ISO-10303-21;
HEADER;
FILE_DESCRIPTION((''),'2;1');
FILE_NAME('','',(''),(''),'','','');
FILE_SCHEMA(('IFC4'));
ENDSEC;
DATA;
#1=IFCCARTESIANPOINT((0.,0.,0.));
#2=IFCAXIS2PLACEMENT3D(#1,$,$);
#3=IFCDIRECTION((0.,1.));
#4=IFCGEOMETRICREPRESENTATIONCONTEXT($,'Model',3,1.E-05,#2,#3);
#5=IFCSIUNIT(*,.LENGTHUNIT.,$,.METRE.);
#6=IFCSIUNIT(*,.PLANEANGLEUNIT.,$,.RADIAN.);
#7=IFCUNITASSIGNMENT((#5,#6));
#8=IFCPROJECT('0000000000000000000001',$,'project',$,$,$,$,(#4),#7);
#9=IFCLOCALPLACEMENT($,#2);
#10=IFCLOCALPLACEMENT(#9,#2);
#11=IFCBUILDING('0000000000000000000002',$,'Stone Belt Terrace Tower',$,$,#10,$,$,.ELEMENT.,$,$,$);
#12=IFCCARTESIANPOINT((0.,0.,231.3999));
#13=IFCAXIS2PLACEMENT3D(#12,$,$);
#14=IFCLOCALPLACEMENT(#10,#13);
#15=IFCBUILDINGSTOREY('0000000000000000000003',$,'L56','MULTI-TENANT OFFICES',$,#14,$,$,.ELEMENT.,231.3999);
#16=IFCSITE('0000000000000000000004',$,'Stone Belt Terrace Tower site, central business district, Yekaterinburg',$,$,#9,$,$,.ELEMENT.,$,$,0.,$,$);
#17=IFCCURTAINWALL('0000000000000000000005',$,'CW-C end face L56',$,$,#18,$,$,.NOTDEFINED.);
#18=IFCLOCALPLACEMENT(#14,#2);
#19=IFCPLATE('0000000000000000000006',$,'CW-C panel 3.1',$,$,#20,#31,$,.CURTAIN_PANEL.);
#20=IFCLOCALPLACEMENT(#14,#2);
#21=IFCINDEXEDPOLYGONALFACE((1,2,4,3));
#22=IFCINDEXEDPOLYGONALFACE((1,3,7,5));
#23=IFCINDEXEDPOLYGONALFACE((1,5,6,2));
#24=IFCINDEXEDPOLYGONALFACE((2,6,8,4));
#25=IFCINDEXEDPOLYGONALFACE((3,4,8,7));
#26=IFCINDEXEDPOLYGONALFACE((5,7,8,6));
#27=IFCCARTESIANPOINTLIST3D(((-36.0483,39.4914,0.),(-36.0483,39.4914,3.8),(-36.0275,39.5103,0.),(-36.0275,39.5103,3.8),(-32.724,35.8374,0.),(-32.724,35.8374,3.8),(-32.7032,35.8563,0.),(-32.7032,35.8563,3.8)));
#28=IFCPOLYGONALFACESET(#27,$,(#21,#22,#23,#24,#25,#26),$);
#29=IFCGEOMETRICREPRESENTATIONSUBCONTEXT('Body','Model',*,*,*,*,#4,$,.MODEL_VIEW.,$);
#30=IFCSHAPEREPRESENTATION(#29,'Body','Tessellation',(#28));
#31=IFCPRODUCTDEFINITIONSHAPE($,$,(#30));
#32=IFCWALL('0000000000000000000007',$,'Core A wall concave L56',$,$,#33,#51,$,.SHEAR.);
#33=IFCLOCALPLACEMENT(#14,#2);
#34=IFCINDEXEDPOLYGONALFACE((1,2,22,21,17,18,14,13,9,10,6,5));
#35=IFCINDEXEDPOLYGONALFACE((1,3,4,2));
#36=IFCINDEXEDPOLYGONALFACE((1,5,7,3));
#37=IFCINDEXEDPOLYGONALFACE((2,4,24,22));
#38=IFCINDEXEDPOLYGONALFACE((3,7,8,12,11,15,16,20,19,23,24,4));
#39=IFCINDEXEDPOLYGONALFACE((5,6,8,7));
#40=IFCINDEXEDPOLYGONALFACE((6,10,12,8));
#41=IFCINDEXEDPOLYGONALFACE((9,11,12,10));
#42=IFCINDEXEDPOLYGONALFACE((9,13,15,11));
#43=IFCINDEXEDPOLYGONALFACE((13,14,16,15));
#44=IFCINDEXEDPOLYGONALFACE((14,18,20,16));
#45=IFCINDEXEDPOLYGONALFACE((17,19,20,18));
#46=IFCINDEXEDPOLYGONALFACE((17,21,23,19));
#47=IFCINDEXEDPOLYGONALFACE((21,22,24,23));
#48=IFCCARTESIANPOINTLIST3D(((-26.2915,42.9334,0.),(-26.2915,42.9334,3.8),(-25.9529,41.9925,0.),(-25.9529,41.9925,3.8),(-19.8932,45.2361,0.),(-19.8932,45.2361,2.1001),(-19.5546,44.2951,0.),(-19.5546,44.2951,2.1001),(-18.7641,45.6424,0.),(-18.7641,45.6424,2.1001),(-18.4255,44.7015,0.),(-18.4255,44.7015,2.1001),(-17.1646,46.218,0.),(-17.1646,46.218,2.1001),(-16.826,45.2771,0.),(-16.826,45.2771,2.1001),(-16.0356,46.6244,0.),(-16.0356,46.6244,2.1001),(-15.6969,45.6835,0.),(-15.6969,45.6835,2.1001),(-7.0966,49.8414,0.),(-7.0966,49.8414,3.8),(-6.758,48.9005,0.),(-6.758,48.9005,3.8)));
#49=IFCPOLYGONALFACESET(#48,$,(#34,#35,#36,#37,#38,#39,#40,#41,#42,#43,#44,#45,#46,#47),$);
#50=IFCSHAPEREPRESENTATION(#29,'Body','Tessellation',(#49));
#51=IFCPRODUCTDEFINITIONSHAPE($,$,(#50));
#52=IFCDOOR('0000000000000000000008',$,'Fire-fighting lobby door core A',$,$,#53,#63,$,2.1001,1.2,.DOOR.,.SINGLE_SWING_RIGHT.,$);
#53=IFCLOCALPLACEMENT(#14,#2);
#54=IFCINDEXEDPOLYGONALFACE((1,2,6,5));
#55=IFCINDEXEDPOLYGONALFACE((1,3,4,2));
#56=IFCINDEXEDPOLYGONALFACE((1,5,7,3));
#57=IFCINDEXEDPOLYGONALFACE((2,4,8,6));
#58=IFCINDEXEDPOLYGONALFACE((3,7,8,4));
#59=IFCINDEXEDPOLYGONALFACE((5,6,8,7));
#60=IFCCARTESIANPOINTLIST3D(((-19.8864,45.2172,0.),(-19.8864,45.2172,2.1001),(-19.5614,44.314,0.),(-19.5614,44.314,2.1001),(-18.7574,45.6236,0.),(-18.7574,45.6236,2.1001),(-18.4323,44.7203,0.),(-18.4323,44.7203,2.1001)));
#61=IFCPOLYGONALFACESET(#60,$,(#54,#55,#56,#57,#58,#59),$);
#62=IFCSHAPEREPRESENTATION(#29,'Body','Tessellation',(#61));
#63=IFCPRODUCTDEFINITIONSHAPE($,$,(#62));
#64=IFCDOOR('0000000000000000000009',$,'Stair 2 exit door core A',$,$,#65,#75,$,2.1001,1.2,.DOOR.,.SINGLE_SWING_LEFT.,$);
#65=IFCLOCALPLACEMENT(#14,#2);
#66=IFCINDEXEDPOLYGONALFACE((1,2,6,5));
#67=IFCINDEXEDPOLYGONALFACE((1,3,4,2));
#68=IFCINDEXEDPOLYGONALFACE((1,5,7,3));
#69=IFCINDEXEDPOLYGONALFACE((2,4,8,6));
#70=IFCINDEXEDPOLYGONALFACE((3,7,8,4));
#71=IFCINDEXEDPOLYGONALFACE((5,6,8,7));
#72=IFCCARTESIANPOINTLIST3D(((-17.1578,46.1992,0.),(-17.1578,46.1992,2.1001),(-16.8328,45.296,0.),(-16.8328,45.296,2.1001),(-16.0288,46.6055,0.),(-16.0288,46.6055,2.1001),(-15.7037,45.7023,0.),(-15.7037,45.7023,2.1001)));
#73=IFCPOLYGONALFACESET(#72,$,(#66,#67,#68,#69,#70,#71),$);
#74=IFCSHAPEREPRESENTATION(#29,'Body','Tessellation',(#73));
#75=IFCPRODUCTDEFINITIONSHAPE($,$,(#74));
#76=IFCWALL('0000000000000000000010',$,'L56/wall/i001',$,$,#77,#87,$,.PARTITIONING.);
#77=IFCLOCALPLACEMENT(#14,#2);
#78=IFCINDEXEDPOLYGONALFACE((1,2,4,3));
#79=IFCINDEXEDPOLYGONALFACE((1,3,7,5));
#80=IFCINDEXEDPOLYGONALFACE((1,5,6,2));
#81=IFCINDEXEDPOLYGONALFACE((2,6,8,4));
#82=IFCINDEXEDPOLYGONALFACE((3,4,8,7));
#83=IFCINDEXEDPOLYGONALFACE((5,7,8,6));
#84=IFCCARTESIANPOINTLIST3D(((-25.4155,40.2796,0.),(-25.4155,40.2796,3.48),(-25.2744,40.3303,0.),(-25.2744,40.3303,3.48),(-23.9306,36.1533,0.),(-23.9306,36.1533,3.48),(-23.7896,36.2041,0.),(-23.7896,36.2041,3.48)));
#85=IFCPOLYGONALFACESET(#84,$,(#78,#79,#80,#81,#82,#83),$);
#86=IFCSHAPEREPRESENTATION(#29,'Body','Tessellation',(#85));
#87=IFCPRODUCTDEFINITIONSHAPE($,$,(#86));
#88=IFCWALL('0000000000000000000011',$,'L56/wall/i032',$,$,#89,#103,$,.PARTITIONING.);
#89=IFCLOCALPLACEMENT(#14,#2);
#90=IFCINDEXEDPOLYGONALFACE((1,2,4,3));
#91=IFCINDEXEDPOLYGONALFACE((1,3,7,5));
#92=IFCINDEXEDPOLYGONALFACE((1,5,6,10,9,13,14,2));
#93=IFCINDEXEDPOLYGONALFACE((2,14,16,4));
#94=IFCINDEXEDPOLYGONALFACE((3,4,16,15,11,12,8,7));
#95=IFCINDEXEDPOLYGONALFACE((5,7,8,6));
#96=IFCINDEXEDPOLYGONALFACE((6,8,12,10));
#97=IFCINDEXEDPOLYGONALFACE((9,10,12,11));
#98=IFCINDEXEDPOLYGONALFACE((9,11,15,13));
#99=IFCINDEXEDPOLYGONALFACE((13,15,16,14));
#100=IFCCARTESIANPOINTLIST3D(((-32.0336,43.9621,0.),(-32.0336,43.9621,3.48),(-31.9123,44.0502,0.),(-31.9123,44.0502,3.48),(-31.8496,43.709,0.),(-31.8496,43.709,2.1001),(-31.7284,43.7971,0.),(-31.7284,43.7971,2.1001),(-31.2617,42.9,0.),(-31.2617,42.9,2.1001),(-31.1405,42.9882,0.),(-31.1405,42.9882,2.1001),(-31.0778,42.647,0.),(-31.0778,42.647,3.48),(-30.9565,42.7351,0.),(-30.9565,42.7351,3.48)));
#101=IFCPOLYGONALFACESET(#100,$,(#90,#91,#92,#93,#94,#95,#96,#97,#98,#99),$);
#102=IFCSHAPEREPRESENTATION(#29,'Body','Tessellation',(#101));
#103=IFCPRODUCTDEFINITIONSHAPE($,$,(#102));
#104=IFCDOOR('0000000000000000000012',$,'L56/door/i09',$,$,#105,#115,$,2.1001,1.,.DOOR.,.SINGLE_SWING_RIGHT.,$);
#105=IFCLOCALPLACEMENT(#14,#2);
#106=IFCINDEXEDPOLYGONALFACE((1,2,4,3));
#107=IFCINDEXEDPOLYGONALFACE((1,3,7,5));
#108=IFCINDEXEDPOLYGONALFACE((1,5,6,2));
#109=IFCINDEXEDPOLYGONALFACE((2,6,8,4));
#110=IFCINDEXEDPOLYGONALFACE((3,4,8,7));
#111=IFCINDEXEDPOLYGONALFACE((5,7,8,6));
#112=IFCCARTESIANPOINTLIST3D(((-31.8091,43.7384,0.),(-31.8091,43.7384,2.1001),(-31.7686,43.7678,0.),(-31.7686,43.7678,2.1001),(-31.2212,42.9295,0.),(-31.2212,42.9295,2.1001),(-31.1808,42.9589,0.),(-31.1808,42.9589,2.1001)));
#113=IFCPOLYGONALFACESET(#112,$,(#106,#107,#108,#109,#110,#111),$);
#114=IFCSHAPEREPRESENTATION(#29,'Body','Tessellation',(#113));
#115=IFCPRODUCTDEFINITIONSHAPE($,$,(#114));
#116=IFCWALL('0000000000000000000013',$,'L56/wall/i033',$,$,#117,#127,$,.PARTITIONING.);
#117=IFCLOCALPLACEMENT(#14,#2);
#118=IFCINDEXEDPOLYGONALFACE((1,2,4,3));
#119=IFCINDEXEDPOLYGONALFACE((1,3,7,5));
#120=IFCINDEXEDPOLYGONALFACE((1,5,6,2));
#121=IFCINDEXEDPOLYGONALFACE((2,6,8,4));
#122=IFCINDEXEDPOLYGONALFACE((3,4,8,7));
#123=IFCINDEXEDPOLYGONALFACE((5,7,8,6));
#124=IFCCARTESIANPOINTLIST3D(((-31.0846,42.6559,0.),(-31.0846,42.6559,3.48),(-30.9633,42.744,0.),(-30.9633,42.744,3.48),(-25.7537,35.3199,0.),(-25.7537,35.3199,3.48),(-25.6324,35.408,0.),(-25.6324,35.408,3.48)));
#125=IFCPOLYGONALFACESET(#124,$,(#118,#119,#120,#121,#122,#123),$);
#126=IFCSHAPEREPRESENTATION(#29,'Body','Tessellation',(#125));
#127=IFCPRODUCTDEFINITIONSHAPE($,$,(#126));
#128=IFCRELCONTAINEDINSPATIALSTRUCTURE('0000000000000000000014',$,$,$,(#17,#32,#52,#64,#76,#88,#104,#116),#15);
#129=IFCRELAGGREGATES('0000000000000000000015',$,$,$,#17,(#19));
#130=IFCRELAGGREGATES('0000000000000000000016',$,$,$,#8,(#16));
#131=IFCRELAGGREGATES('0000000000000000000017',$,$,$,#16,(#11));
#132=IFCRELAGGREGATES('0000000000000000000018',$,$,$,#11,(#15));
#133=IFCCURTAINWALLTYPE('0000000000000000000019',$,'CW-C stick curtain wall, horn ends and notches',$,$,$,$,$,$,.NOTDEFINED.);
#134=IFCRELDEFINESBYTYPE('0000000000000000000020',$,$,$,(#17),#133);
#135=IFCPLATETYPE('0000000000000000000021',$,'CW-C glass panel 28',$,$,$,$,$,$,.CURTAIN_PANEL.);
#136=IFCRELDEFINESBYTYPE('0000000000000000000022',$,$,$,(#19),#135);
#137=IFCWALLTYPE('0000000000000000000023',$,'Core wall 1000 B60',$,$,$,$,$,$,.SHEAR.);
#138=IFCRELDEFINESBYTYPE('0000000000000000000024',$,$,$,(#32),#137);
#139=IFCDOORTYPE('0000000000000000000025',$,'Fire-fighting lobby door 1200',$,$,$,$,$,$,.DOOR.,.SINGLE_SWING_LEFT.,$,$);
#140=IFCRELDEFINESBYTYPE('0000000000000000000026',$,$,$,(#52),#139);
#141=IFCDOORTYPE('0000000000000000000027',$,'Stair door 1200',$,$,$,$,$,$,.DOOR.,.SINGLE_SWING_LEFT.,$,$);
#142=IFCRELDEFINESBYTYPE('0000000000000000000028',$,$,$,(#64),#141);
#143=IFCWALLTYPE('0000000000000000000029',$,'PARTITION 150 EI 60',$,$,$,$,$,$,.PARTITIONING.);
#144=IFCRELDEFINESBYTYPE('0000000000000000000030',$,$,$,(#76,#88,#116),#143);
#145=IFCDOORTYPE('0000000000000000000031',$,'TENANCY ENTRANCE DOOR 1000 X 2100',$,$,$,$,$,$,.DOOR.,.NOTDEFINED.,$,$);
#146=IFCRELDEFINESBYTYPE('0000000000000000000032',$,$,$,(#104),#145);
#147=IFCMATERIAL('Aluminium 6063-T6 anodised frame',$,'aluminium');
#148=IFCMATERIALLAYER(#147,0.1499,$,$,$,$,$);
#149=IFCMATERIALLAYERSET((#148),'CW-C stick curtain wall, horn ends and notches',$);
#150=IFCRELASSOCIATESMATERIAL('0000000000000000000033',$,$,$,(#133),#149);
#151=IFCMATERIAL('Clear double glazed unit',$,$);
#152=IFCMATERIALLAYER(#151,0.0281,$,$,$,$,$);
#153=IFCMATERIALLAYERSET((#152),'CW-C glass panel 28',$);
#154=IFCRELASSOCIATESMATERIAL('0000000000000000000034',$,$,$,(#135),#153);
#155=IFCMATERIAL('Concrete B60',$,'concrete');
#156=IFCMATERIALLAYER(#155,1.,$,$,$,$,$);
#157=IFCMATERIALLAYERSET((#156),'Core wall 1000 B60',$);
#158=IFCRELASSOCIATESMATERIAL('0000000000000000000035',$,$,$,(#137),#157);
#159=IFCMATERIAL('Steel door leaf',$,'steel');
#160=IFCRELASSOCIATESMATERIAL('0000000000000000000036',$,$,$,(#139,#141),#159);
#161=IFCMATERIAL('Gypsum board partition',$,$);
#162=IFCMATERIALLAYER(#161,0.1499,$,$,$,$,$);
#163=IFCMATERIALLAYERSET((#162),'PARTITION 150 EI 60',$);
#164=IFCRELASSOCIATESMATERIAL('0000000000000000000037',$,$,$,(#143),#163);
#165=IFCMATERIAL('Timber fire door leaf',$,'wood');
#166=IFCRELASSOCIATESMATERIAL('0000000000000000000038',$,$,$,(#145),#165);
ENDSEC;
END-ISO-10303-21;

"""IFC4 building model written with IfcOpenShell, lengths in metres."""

from ifc_helpers import new_model, si_unit, direction, frame, frame_2d, origin, origin_2d, place, context, subcontext, project, spatial, rectangle, extrude, material, layer, layer_set, type_object, element, fill, aggregate, save


model = new_model("IFC4")

# Units and contexts
model_context = context("Model", 3, precision=1e-05, world=origin(), true_north=direction((0.0, 1.0)))
body_context = subcontext(model_context, "Body", "Model", "MODEL_VIEW")
ifc_project = project(units=[si_unit("LENGTHUNIT", "METRE"), si_unit("PLANEANGLEUNIT", "RADIAN")], contexts=[model_context])

# Site, building, storey
site_placement = place(None, origin())
site = spatial("IfcSite", under=ifc_project, at=site_placement, Name="Stone Belt Terrace Tower site, central business district, Yekaterinburg", CompositionType="ELEMENT", RefElevation=0.0)
building_placement = place(site_placement, origin())
building = spatial("IfcBuilding", under=site, at=building_placement, Name="Stone Belt Terrace Tower", CompositionType="ELEMENT")
storey_placement = place(building_placement, frame((0.0, 0.0, 231.3999)))
storey = spatial("IfcBuildingStorey", under=building, at=storey_placement, Name="L56", Description="MULTI-TENANT OFFICES", CompositionType="ELEMENT", Elevation=231.3999)

# Shared definitions
ifc_material_1 = material(Name="Concrete B60", Category="concrete")

# Curtain wall
ifc_material_2 = material(Name="Aluminium 6063-T6 anodised frame", Category="aluminium")
ifc_layer_1 = layer(ifc_material_2, 0.1499)
ifc_layer_set_1 = layer_set([ifc_layer_1], Name="CW-C stick curtain wall, horn ends and notches")
curtain_wall_type_1 = type_object("IfcCurtainWallType", Name="CW-C stick curtain wall, horn ends and notches", PredefinedType="NOTDEFINED", material=ifc_layer_set_1)
curtain_wall_1_placement = place(storey_placement, origin())
curtain_wall_1 = element("IfcCurtainWall", 1, at=curtain_wall_1_placement, inside=storey, type_object=curtain_wall_type_1, Name="CW-C end face L56", PredefinedType="NOTDEFINED")

# Plate
ifc_material_3 = material(Name="Clear double glazed unit")
ifc_layer_2 = layer(ifc_material_3, 0.0281)
ifc_layer_set_2 = layer_set([ifc_layer_2], Name="CW-C glass panel 28")
plate_type_1 = type_object("IfcPlateType", Name="CW-C glass panel 28", PredefinedType="CURTAIN_PANEL", material=ifc_layer_set_2)
plate_1_placement = place(storey_placement, frame((-34.3757, 37.6738, 0.0), z_axis=(0.0, 0.0, 1.0), x_axis=(0.672944, -0.739693, 0.0)))
plate_1 = element("IfcPlate", 2, at=plate_1_placement, type_object=plate_type_1, Name="CW-C panel 3.1", PredefinedType="CURTAIN_PANEL", context=body_context, shape_type="SweptSolid", body=[
    extrude(rectangle(XDim=4.9399, YDim=0.0281, at=origin_2d()), origin(), (0.0, 0.0, 1.0), 3.8),
])
aggregate(curtain_wall_1, [plate_1])

# Wall, openings, doors
ifc_layer_3 = layer(ifc_material_1, 1.0)
ifc_layer_set_3 = layer_set([ifc_layer_3], Name="Core wall 1000 B60")
wall_type_1 = type_object("IfcWallType", Name="Core wall 1000 B60", PredefinedType="SHEAR", material=ifc_layer_set_3)
wall_1_placement = place(storey_placement, frame((-26.1223, 42.4629, 0.0), z_axis=(0.0, 0.0, 1.0), x_axis=(0.940921, 0.338625, 0.0)))
wall_1 = element("IfcWall", 3, at=wall_1_placement, inside=storey, type_object=wall_type_1, Name="Core A wall concave L56", PredefinedType="SHEAR", context=body_context, shape_type="SweptSolid", body=[
    extrude(rectangle(XDim=20.4001, YDim=1.0, at=frame_2d((10.2002, 0.0))), origin(), (0.0, 0.0, 1.0), 3.8),
])
opening_1_placement = place(wall_1_placement, frame((6.8, 0.0, 0.0)))
opening_1 = element("IfcOpeningElement", 4, at=opening_1_placement, cuts=wall_1, PredefinedType="OPENING", context=body_context, shape_type="SweptSolid", body=[
    extrude(rectangle(XDim=1.2, YDim=2.1001, at=frame_2d((0.6001, 1.05))), frame((0.0, 0.51, 0.0), z_axis=(0.0, -1.0, 0.0), x_axis=(1.0, 0.0, 0.0)), (0.0, 0.0, 1.0), 1.02),
])
opening_2_placement = place(wall_1_placement, frame((9.7, 0.0, 0.0)))
opening_2 = element("IfcOpeningElement", 5, at=opening_2_placement, cuts=wall_1, PredefinedType="OPENING", context=body_context, shape_type="SweptSolid", body=[
    extrude(rectangle(XDim=1.2, YDim=2.1001, at=frame_2d((0.6001, 1.05))), frame((0.0, 0.51, 0.0), z_axis=(0.0, -1.0, 0.0), x_axis=(1.0, 0.0, 0.0)), (0.0, 0.0, 1.0), 1.02),
])
ifc_material_4 = material(Name="Steel door leaf", Category="steel")
door_type_1 = type_object("IfcDoorType", Name="Fire-fighting lobby door 1200", OperationType="SINGLE_SWING_LEFT", PredefinedType="DOOR", material=ifc_material_4)
door_1_placement = place(opening_1_placement, origin())
door_1 = element("IfcDoor", 6, at=door_1_placement, inside=storey, type_object=door_type_1, Name="Fire-fighting lobby door core A", OperationType="SINGLE_SWING_RIGHT", OverallHeight=2.1001, OverallWidth=1.2, PredefinedType="DOOR", context=body_context, shape_type="SweptSolid", body=[
    extrude(rectangle(XDim=1.2, YDim=2.1001, at=frame_2d((0.6001, 1.05))), frame((0.0, 0.48, 0.0), z_axis=(0.0, -1.0, 0.0), x_axis=(1.0, 0.0, 0.0)), (0.0, 0.0, 1.0), 0.96),
])
fill(opening_1, door_1)
door_type_2 = type_object("IfcDoorType", Name="Stair door 1200", OperationType="SINGLE_SWING_LEFT", PredefinedType="DOOR", material=ifc_material_4)
door_2_placement = place(opening_2_placement, origin())
door_2 = element("IfcDoor", 7, at=door_2_placement, inside=storey, type_object=door_type_2, Name="Stair 2 exit door core A", OperationType="SINGLE_SWING_LEFT", OverallHeight=2.1001, OverallWidth=1.2, PredefinedType="DOOR", context=body_context, shape_type="SweptSolid", body=[
    extrude(rectangle(XDim=1.2, YDim=2.1001, at=frame_2d((0.6001, 1.05))), frame((0.0, 0.48, 0.0), z_axis=(0.0, -1.0, 0.0), x_axis=(1.0, 0.0, 0.0)), (0.0, 0.0, 1.0), 0.96),
])
fill(opening_2, door_2)

# Wall
ifc_material_5 = material(Name="Gypsum board partition")
ifc_layer_4 = layer(ifc_material_5, 0.1499)
ifc_layer_set_4 = layer_set([ifc_layer_4], Name="PARTITION 150 EI 60")
wall_type_2 = type_object("IfcWallType", Name="PARTITION 150 EI 60", PredefinedType="PARTITIONING", material=ifc_layer_set_4)
wall_2_placement = place(storey_placement, frame((-25.345, 40.3049, 0.0), z_axis=(0.0, 0.0, 1.0), x_axis=(0.338603, -0.940929, 0.0)))
element("IfcWall", 8, at=wall_2_placement, inside=storey, type_object=wall_type_2, Name="L56/wall/i001", PredefinedType="PARTITIONING", context=body_context, shape_type="SweptSolid", body=[
    extrude(rectangle(XDim=4.3853, YDim=0.1499, at=frame_2d((2.1926, 0.0))), origin(), (0.0, 0.0, 1.0), 3.48),
])

# Wall, opening, door
wall_3_placement = place(storey_placement, frame((-31.0171, 42.6909, 0.0), z_axis=(0.0, 0.0, 1.0), x_axis=(-0.587895, 0.808937, 0.0)))
wall_3 = element("IfcWall", 9, at=wall_3_placement, inside=storey, type_object=wall_type_2, Name="L56/wall/i032", PredefinedType="PARTITIONING", context=body_context, shape_type="SweptSolid", body=[
    extrude(rectangle(XDim=1.6257, YDim=0.1499, at=frame_2d((0.813, 0.0))), origin(), (0.0, 0.0, 1.0), 3.48),
])
opening_3_placement = place(wall_3_placement, frame((0.313, 0.0, 0.0)))
opening_3 = element("IfcOpeningElement", 10, at=opening_3_placement, cuts=wall_3, PredefinedType="OPENING", context=body_context, shape_type="SweptSolid", body=[
    extrude(rectangle(XDim=1.0, YDim=2.1001, at=frame_2d((0.5, 1.05))), frame((0.0, 0.085, 0.0), z_axis=(0.0, -1.0, 0.0), x_axis=(1.0, 0.0, 0.0)), (0.0, 0.0, 1.0), 0.1699),
])
ifc_material_6 = material(Name="Timber fire door leaf", Category="wood")
door_type_3 = type_object("IfcDoorType", Name="TENANCY ENTRANCE DOOR 1000 X 2100", OperationType="NOTDEFINED", PredefinedType="DOOR", material=ifc_material_6)
door_3_placement = place(opening_3_placement, origin())
door_3 = element("IfcDoor", 11, at=door_3_placement, inside=storey, type_object=door_type_3, Name="L56/door/i09", OperationType="SINGLE_SWING_RIGHT", OverallHeight=2.1001, OverallWidth=1.0, PredefinedType="DOOR", context=body_context, shape_type="SweptSolid", body=[
    extrude(rectangle(XDim=1.0, YDim=2.1001, at=frame_2d((0.5, 1.05))), frame((0.0, 0.0249, 0.0), z_axis=(0.0, -1.0, 0.0), x_axis=(1.0, 0.0, 0.0)), (0.0, 0.0, 1.0), 0.05),
])
fill(opening_3, door_3)

# Wall
wall_4_placement = place(storey_placement, frame((-31.0239, 42.7, 0.0), z_axis=(0.0, 0.0, 1.0), x_axis=(0.587853, -0.808968, 0.0)))
element("IfcWall", 12, at=wall_4_placement, inside=storey, type_object=wall_type_2, Name="L56/wall/i033", PredefinedType="PARTITIONING", context=body_context, shape_type="SweptSolid", body=[
    extrude(rectangle(XDim=9.0684, YDim=0.1499, at=frame_2d((4.5342, 0.0))), origin(), (0.0, 0.0, 1.0), 3.48),
])

save(model, "model.ifc")
